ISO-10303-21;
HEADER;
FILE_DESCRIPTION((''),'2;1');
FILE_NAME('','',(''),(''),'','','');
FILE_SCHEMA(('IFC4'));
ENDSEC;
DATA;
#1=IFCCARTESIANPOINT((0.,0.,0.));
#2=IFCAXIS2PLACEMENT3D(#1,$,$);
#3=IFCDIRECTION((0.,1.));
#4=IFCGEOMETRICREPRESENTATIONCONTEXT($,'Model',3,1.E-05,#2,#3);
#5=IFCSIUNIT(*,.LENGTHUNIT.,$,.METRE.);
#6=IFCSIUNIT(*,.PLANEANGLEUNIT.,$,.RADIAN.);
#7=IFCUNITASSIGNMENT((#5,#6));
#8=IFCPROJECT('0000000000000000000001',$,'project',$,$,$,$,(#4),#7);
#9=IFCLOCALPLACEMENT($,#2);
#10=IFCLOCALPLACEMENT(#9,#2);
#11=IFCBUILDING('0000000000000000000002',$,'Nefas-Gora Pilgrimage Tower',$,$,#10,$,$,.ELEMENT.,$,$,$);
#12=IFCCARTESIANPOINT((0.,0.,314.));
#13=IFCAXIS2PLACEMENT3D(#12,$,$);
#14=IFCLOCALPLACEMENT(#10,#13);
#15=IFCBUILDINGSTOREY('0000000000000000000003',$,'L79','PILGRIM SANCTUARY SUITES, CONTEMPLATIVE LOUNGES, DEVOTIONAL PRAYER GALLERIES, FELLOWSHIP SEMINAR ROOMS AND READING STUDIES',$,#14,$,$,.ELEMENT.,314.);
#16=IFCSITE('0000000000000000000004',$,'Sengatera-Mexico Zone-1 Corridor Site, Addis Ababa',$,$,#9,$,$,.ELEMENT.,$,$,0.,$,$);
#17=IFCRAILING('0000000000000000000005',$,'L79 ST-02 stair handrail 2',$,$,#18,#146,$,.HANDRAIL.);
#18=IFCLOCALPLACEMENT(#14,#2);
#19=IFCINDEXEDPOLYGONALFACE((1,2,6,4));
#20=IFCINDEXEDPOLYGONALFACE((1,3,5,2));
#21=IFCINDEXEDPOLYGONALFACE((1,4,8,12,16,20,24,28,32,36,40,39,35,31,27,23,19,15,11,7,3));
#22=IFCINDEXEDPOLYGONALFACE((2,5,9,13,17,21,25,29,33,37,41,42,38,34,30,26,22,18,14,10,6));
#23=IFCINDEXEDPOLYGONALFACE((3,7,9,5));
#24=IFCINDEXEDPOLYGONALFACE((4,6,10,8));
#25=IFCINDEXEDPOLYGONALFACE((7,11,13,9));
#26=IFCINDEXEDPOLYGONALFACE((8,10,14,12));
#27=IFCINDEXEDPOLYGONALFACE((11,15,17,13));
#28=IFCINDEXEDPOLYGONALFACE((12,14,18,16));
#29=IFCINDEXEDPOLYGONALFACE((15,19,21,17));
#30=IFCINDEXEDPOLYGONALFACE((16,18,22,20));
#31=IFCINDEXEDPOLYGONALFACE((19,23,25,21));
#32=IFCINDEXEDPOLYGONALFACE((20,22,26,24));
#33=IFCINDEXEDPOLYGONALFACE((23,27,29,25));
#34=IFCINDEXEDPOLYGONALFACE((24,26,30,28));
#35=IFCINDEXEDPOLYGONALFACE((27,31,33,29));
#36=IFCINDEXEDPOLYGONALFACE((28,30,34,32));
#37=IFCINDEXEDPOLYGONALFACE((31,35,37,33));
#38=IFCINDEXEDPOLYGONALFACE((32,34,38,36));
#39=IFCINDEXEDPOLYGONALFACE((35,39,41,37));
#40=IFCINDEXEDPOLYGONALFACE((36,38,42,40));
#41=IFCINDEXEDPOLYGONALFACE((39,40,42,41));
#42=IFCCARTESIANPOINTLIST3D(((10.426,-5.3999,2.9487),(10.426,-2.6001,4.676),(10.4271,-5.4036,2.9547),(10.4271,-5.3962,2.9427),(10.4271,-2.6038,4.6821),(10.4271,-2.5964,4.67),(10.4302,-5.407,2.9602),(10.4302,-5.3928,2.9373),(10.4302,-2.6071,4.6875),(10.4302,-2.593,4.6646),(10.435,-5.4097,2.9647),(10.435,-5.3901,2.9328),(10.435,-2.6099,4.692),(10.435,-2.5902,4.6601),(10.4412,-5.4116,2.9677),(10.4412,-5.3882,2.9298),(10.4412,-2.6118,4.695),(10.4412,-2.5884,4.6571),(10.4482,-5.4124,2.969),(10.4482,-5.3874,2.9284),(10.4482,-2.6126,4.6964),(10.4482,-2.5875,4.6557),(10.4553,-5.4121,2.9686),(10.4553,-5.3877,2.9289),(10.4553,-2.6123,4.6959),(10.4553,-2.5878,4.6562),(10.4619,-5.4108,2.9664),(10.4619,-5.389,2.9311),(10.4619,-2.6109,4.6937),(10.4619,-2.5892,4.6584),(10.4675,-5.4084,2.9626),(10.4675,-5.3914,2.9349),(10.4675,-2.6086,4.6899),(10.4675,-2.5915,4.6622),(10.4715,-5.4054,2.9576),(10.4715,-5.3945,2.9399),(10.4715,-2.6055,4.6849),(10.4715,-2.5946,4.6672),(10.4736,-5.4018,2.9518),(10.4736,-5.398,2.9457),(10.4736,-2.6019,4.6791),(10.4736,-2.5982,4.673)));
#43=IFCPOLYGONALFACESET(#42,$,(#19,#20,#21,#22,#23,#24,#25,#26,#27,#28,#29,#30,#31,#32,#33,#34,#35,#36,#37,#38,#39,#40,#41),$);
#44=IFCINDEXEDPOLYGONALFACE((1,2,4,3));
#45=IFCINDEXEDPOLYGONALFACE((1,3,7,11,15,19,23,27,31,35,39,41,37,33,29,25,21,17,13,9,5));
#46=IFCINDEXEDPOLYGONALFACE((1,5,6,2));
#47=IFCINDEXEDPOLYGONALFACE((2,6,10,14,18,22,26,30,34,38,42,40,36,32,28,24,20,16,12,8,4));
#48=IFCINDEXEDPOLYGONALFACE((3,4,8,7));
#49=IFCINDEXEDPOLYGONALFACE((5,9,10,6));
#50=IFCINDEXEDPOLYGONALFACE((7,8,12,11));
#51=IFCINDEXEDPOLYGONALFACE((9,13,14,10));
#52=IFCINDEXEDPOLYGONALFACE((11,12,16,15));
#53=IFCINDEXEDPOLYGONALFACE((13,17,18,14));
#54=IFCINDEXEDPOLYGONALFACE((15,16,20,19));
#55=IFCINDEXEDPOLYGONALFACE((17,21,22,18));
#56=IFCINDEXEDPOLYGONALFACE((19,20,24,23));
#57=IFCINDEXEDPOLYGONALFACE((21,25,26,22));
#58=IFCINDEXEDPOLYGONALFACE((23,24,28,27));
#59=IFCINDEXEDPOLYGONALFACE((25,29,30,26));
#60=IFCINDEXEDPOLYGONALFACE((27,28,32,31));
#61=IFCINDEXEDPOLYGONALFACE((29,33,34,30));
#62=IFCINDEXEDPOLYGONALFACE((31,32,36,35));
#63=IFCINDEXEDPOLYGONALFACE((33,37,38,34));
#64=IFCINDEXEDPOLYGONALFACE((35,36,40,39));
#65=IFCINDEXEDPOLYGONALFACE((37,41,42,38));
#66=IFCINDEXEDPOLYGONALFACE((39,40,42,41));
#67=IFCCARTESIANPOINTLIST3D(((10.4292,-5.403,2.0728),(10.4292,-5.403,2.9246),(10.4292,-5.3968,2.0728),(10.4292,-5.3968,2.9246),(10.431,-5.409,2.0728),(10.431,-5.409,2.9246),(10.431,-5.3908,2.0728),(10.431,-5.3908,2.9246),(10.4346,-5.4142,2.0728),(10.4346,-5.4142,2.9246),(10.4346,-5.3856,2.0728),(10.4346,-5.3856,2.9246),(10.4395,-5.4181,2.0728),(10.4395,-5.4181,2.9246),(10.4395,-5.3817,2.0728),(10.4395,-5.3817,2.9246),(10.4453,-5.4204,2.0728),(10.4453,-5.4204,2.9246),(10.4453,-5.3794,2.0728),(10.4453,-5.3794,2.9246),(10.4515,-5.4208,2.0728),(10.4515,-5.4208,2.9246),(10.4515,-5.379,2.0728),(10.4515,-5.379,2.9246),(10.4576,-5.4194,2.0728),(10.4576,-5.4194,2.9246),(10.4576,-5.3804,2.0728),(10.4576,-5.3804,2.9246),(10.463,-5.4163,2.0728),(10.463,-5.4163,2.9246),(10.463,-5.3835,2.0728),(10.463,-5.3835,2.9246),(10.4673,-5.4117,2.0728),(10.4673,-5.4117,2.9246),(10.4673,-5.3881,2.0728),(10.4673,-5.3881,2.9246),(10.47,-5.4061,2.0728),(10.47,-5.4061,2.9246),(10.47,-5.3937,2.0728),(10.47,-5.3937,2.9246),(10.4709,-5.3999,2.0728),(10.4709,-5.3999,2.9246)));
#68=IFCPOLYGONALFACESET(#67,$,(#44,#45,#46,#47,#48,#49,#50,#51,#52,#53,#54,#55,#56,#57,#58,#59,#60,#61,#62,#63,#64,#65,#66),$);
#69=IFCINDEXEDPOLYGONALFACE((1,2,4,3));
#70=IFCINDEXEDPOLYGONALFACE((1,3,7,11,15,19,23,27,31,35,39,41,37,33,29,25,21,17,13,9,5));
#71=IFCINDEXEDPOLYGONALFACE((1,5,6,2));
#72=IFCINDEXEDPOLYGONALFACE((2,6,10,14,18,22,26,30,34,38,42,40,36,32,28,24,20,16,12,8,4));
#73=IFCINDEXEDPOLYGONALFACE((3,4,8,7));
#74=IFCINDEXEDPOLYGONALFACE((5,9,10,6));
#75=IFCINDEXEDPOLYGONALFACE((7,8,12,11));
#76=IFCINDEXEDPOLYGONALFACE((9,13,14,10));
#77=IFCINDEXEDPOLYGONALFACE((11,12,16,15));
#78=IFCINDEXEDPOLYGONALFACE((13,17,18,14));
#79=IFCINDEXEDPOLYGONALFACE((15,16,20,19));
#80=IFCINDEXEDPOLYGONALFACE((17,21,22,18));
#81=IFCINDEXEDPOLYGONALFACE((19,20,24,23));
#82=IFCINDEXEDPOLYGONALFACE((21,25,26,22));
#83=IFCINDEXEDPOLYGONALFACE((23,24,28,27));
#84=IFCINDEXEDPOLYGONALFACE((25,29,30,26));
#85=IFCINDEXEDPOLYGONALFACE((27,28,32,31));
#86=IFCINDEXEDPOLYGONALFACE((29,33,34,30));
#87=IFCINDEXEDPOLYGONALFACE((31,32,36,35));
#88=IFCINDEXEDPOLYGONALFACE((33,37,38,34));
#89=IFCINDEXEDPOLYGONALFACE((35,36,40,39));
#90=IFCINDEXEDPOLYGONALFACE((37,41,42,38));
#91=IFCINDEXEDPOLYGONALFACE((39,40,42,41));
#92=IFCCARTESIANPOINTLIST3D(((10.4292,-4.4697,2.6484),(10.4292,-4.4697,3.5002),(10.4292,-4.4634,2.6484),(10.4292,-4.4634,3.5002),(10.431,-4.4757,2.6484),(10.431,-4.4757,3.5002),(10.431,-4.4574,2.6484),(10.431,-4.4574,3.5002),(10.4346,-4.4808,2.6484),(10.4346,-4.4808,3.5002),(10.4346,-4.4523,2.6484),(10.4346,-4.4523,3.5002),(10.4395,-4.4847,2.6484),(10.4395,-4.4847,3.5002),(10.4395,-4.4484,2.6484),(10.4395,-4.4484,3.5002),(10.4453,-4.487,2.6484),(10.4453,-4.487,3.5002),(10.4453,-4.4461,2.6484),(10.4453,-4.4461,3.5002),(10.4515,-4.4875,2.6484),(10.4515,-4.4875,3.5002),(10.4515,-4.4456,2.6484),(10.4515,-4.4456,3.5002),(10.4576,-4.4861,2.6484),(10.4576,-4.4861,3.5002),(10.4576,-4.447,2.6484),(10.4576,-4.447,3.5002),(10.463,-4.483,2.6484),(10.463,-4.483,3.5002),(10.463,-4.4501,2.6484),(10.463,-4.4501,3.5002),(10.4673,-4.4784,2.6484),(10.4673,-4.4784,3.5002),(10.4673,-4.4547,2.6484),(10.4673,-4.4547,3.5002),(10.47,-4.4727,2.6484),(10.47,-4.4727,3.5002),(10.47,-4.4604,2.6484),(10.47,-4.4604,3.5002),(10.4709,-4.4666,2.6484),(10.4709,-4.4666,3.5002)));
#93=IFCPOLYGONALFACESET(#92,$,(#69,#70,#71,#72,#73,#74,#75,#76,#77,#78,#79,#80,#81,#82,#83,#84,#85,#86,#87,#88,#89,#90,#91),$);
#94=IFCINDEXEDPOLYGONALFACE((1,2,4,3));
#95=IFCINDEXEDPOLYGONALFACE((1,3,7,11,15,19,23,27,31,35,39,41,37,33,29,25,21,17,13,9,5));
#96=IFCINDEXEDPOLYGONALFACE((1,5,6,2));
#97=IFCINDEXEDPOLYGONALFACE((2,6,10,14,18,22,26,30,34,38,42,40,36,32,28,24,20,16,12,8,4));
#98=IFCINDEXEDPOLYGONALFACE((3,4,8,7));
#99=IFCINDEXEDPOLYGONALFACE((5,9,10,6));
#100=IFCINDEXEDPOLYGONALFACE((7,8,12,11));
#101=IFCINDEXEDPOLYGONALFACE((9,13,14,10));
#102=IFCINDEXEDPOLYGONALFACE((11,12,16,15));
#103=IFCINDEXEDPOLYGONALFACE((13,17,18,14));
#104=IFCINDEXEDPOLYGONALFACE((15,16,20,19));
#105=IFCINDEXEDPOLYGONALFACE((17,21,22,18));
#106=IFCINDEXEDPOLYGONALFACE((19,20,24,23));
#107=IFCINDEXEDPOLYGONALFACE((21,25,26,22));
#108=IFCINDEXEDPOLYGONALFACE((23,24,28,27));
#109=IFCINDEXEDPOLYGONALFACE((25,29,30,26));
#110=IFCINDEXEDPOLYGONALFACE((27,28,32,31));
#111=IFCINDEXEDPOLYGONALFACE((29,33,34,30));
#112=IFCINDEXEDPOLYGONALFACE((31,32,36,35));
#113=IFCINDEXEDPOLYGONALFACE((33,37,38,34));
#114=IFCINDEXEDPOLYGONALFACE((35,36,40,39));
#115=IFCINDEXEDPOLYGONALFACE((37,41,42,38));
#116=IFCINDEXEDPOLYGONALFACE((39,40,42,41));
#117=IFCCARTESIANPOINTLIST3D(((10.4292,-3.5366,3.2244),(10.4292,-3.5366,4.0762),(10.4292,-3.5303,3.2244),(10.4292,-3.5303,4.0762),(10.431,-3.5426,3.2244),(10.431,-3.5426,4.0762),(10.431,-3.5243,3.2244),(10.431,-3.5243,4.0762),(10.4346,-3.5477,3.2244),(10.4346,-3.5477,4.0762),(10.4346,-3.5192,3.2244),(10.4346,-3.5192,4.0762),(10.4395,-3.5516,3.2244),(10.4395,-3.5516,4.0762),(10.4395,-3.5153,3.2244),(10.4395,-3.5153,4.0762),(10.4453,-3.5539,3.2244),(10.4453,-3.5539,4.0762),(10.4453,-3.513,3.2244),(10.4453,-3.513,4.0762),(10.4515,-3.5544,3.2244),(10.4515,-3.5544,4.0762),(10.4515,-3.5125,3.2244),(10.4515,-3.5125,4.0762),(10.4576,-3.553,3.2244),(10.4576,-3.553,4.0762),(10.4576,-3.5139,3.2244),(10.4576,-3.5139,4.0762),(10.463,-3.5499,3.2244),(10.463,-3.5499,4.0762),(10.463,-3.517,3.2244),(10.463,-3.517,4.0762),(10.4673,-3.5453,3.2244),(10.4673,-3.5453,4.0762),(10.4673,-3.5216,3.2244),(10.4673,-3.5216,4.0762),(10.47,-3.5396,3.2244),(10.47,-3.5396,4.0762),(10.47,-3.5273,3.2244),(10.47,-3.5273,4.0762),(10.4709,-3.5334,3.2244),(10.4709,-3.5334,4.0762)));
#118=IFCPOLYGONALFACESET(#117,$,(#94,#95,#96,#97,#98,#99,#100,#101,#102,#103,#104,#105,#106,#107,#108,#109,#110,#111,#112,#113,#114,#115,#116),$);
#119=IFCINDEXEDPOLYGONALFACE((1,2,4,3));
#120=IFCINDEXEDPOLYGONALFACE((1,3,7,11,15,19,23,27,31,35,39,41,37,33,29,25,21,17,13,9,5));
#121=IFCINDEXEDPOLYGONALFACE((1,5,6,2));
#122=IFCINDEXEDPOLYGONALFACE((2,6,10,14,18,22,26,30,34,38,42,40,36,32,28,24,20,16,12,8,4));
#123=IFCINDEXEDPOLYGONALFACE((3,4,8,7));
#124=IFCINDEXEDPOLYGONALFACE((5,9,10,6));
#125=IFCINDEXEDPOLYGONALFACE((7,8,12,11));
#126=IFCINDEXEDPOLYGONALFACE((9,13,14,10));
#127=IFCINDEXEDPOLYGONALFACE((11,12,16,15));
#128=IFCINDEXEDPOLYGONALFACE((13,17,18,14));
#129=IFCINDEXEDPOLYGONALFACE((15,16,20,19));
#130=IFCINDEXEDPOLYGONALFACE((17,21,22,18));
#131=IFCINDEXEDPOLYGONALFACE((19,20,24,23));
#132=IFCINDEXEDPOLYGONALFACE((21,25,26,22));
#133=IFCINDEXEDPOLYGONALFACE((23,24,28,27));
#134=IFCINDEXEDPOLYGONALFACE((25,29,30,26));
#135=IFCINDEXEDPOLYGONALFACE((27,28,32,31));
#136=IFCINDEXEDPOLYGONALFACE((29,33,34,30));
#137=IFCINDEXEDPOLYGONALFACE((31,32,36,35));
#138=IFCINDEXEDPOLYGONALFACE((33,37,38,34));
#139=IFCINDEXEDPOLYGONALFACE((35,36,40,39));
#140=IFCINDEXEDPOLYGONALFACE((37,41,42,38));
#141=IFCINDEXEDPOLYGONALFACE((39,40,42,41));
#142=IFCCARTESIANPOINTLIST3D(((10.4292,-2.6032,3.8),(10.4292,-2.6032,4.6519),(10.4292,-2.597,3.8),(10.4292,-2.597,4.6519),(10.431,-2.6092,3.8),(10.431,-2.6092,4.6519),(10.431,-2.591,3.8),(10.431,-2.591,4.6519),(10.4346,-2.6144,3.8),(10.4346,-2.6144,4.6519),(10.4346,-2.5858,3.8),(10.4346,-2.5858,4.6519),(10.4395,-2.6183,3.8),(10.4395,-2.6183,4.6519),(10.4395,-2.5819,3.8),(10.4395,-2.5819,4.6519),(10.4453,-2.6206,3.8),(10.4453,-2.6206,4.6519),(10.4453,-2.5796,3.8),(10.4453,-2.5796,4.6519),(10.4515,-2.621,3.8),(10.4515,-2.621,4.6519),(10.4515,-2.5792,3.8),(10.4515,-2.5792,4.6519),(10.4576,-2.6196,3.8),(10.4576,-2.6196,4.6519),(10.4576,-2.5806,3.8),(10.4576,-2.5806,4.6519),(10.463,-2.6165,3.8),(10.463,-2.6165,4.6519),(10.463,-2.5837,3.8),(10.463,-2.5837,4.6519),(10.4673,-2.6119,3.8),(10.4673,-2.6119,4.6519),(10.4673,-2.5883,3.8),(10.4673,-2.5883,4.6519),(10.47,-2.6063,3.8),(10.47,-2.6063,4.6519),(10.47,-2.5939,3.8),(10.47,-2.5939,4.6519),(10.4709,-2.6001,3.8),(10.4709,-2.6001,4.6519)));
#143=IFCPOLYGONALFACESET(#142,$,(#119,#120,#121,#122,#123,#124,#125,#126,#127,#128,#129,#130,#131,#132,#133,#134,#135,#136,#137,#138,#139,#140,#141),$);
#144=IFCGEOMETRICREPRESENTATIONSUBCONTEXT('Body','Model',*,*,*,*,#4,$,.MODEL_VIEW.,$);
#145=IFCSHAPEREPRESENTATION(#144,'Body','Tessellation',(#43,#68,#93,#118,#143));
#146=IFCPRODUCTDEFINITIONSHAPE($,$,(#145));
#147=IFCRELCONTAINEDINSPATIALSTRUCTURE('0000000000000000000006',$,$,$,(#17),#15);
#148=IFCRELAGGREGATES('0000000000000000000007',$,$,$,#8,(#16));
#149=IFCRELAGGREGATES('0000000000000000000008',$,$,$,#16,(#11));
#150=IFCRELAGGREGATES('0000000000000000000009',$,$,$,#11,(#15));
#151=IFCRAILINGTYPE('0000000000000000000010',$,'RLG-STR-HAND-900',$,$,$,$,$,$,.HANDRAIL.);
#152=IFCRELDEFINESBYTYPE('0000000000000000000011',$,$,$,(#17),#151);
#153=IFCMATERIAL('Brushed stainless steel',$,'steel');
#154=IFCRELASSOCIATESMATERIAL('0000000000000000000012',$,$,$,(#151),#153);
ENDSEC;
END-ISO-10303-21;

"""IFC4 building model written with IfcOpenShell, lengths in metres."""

from ifc_helpers import new_model, si_unit, direction, frame, origin, origin_2d, place, context, subcontext, project, spatial, circle, extrude, material, type_object, element, save


model = new_model("IFC4")

# Units and contexts
model_context = context("Model", 3, precision=1e-05, world=origin(), true_north=direction((0.0, 1.0)))
body_context = subcontext(model_context, "Body", "Model", "MODEL_VIEW")
ifc_project = project(units=[si_unit("LENGTHUNIT", "METRE"), si_unit("PLANEANGLEUNIT", "RADIAN")], contexts=[model_context])

# Site, building, storey
site_placement = place(None, origin())
site = spatial("IfcSite", under=ifc_project, at=site_placement, Name="Sengatera-Mexico Zone-1 Corridor Site, Addis Ababa", CompositionType="ELEMENT", RefElevation=0.0)
building_placement = place(site_placement, origin())
building = spatial("IfcBuilding", under=site, at=building_placement, Name="Nefas-Gora Pilgrimage Tower", CompositionType="ELEMENT")
storey_placement = place(building_placement, frame((0.0, 0.0, 314.0)))
storey = spatial("IfcBuildingStorey", under=building, at=storey_placement, Name="L79", Description="PILGRIM SANCTUARY SUITES, CONTEMPLATIVE LOUNGES, DEVOTIONAL PRAYER GALLERIES, FELLOWSHIP SEMINAR ROOMS AND READING STUDIES", CompositionType="ELEMENT", Elevation=314.0)

# Railing
ifc_material_1 = material(Name="Brushed stainless steel", Category="steel")
railing_type_1 = type_object("IfcRailingType", Name="RLG-STR-HAND-900", PredefinedType="HANDRAIL", material=ifc_material_1)
railing_1_placement = place(storey_placement, frame((10.45, -5.3999, 2.0728)))
element("IfcRailing", 1, at=railing_1_placement, inside=storey, type_object=railing_type_1, Name="L79 ST-02 stair handrail 2", PredefinedType="HANDRAIL", context=body_context, shape_type="SweptSolid", body=[
    extrude(circle(Radius=0.0239, at=origin_2d()), frame((0.0, 0.0, 0.876), z_axis=(0.0, 0.851069, 0.525054), x_axis=(-1.0, 0.0, 0.0)), (0.0, 0.0, 1.0), 3.2898),
    extrude(circle(Radius=0.021, at=origin_2d()), origin(), (0.0, 0.0, 1.0), 0.8518),
    extrude(circle(Radius=0.021, at=origin_2d()), frame((0.0, 0.9333, 0.5757)), (0.0, 0.0, 1.0), 0.8518),
    extrude(circle(Radius=0.021, at=origin_2d()), frame((0.0, 1.8665, 1.1516)), (0.0, 0.0, 1.0), 0.8518),
    extrude(circle(Radius=0.021, at=origin_2d()), frame((0.0, 2.7998, 1.7273)), (0.0, 0.0, 1.0), 0.8518),
])

save(model, "model.ifc")
